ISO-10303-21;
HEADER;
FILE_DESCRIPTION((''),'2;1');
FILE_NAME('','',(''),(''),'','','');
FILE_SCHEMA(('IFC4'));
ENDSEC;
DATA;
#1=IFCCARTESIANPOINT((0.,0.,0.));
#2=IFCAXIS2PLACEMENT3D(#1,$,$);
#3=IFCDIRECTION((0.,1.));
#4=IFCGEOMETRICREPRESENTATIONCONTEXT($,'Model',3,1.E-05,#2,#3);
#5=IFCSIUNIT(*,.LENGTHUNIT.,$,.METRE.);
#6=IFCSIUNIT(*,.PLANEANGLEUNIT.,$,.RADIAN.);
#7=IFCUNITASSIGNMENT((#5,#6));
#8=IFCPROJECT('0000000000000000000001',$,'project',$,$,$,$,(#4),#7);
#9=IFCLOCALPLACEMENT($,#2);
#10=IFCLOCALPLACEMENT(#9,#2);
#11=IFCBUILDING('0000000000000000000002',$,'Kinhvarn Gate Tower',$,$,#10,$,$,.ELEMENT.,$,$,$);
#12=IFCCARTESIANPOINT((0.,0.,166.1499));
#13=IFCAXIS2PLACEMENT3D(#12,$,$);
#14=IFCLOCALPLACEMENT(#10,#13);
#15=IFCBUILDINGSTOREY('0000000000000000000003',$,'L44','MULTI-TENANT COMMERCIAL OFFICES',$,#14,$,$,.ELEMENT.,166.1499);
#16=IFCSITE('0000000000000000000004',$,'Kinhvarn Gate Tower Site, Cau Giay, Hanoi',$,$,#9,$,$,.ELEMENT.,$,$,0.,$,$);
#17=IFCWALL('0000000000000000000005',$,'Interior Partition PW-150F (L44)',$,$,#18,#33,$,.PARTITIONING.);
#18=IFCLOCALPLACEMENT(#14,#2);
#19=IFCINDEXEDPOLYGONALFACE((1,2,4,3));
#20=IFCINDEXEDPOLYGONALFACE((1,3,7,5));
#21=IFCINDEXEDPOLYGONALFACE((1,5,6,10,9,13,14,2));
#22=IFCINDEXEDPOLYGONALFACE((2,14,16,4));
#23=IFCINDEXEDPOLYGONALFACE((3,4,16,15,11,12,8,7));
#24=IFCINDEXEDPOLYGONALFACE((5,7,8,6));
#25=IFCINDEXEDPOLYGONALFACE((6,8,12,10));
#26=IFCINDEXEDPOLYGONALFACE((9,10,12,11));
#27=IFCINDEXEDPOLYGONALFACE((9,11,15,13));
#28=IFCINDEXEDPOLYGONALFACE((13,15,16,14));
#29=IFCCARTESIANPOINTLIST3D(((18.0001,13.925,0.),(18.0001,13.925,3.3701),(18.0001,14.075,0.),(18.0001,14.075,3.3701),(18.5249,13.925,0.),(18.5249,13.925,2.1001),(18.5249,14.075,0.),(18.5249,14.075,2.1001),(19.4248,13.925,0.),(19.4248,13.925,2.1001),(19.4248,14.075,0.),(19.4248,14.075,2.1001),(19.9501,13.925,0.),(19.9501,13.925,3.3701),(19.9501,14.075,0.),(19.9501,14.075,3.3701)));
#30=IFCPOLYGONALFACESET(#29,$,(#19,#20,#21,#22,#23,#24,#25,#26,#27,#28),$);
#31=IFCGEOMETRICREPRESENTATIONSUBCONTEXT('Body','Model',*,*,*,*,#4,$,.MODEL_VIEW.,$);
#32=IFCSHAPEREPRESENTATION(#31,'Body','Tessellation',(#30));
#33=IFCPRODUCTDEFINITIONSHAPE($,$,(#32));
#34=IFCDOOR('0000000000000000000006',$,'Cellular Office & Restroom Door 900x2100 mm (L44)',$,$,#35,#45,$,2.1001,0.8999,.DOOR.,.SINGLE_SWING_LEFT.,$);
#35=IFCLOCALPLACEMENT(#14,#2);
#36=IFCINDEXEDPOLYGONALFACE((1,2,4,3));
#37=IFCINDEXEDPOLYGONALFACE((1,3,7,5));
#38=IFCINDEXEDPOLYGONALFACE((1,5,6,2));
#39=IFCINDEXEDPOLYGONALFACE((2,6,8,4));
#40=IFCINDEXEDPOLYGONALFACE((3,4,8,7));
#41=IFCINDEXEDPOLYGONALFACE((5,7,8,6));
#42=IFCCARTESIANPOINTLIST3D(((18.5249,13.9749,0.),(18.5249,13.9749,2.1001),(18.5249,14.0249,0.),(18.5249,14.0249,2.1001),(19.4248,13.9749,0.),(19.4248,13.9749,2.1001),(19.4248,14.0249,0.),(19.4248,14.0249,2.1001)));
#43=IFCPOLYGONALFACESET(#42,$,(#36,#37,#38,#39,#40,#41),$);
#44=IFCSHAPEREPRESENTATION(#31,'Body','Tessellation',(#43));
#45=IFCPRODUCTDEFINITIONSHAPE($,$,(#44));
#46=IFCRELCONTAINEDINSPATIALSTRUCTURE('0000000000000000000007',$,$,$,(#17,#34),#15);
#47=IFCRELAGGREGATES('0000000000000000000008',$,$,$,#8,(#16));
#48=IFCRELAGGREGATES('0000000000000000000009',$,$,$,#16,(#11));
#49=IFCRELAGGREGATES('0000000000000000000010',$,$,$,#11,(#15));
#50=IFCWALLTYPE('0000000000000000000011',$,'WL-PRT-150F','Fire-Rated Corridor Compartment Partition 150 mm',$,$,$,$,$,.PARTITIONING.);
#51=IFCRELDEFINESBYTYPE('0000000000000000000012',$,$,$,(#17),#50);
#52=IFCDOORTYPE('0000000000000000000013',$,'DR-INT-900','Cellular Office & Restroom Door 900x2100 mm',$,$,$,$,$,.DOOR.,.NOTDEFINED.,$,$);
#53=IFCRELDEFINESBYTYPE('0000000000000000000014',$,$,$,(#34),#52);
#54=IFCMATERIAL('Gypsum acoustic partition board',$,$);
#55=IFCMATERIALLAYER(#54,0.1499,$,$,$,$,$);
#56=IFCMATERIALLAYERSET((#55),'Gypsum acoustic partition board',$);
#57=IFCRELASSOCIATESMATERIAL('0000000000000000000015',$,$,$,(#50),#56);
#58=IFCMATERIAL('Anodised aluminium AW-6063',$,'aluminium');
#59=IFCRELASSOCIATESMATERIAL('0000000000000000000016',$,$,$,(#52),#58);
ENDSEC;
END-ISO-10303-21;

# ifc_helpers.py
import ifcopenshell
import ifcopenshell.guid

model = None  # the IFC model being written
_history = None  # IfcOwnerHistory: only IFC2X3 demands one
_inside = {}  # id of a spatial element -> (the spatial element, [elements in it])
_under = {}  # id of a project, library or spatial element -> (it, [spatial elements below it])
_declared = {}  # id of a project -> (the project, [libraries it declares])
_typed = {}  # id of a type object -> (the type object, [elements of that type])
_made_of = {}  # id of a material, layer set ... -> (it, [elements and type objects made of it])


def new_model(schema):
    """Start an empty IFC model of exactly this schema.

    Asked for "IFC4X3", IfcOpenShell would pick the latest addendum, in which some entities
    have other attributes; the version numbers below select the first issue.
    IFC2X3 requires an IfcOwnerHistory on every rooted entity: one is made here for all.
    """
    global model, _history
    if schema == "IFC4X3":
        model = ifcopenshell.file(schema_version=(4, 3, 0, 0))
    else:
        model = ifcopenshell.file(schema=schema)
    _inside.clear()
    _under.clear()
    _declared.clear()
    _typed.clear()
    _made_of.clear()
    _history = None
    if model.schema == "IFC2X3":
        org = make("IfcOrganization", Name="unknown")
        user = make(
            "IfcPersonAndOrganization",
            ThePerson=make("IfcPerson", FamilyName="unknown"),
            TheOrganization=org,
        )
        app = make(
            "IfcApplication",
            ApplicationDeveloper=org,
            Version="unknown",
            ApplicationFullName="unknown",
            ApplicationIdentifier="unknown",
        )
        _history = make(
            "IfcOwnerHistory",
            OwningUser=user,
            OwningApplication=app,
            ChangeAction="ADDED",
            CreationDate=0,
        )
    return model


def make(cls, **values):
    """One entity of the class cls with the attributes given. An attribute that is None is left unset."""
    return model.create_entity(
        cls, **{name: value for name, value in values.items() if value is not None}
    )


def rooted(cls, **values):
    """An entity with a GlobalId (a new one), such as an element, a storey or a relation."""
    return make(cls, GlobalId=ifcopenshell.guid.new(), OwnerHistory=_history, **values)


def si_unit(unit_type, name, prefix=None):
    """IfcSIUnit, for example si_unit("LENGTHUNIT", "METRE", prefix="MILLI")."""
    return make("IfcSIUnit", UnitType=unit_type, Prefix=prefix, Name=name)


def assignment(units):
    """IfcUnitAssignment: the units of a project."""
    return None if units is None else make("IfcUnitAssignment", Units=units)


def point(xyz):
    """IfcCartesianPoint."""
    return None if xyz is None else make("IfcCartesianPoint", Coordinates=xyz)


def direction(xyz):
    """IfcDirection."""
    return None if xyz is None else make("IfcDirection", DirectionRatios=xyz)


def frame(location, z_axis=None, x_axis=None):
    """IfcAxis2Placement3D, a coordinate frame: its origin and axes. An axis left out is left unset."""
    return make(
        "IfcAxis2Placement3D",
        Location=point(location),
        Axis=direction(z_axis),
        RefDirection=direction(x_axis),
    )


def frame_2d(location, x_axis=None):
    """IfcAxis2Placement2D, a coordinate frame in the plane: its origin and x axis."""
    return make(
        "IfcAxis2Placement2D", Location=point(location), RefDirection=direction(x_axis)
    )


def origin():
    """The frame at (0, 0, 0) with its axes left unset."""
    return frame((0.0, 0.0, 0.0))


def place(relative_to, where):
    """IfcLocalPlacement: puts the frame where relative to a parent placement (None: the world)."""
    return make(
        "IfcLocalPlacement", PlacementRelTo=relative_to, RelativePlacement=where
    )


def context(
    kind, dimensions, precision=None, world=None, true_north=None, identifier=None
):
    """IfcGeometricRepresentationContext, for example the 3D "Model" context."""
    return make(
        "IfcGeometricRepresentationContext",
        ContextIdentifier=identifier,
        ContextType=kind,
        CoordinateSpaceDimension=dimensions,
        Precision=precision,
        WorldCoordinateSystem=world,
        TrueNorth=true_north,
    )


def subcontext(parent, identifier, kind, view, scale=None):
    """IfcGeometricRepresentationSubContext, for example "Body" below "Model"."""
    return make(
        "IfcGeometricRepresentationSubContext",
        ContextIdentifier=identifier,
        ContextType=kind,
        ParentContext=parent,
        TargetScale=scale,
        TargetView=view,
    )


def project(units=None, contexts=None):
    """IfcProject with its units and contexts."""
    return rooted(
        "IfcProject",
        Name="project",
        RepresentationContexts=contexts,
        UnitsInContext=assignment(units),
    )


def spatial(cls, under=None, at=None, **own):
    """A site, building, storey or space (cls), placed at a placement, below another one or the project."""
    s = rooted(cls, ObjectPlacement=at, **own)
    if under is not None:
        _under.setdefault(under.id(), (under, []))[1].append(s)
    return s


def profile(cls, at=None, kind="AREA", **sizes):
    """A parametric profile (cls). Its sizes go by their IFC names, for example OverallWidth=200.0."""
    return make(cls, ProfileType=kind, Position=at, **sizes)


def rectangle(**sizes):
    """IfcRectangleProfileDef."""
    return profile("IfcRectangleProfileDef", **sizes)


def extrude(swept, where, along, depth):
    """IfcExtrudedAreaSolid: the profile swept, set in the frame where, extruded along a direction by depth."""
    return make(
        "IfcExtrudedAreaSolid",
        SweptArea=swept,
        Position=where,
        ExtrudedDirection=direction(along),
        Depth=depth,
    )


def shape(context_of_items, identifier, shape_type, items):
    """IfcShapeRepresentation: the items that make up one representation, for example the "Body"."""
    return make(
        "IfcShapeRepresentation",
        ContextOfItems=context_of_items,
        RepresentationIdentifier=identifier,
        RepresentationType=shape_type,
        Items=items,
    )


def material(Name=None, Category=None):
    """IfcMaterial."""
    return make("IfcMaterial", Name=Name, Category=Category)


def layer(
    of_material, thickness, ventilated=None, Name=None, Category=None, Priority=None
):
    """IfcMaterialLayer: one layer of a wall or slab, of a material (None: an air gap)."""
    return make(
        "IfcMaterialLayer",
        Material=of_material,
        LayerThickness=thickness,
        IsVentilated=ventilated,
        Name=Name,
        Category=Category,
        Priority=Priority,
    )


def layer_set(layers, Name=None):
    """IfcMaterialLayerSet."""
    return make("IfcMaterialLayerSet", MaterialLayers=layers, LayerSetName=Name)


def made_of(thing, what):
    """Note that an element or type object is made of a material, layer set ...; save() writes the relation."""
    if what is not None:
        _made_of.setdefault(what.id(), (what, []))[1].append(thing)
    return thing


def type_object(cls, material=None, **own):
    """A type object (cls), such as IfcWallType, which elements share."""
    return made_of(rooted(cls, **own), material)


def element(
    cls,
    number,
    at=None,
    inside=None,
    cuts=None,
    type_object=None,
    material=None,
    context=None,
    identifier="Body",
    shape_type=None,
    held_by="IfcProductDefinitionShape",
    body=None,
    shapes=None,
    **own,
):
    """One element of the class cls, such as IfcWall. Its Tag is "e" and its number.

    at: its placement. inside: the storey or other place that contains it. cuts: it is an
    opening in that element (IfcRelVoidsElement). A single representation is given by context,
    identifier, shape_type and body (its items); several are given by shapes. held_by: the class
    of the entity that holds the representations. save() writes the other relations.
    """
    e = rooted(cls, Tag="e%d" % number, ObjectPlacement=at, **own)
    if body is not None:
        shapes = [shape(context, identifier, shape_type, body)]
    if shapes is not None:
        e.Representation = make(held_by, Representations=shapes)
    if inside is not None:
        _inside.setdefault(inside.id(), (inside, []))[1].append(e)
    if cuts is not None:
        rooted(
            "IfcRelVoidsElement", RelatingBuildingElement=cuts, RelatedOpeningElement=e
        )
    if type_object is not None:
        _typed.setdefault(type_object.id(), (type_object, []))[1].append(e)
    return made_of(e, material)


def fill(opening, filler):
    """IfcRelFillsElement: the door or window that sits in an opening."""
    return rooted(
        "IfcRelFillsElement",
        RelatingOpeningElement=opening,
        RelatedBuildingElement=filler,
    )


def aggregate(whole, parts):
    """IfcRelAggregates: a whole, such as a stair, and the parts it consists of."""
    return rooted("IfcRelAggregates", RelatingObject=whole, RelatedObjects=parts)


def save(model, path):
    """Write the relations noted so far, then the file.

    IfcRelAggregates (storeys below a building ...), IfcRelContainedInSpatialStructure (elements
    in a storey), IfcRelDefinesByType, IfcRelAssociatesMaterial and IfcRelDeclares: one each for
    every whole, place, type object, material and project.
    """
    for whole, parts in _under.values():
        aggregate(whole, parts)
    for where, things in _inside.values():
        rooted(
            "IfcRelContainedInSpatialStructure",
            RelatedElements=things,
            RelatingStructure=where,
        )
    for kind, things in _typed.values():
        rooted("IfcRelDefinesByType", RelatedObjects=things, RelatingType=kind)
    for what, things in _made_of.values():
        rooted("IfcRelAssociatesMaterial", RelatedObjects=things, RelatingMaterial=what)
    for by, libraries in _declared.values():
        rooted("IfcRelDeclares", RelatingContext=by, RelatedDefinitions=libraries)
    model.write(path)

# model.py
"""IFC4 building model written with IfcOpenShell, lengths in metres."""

from ifc_helpers import new_model, si_unit, direction, frame, frame_2d, origin, place, context, subcontext, project, spatial, rectangle, extrude, material, layer, layer_set, type_object, element, fill, save


model = new_model("IFC4")

# Units and contexts
model_context = context("Model", 3, precision=1e-05, world=origin(), true_north=direction((0.0, 1.0)))
body_context = subcontext(model_context, "Body", "Model", "MODEL_VIEW")
ifc_project = project(units=[si_unit("LENGTHUNIT", "METRE"), si_unit("PLANEANGLEUNIT", "RADIAN")], contexts=[model_context])

# Site, building, storey
site_placement = place(None, origin())
site = spatial("IfcSite", under=ifc_project, at=site_placement, Name="Kinhvarn Gate Tower Site, Cau Giay, Hanoi", CompositionType="ELEMENT", RefElevation=0.0)
building_placement = place(site_placement, origin())
building = spatial("IfcBuilding", under=site, at=building_placement, Name="Kinhvarn Gate Tower", CompositionType="ELEMENT")
storey_placement = place(building_placement, frame((0.0, 0.0, 166.1499)))
storey = spatial("IfcBuildingStorey", under=building, at=storey_placement, Name="L44", Description="MULTI-TENANT COMMERCIAL OFFICES", CompositionType="ELEMENT", Elevation=166.1499)

# Shared definitions
ifc_material_1 = material(Name="Anodised aluminium AW-6063", Category="aluminium")

# Shared definitions
ifc_material_2 = material(Name="Gypsum acoustic partition board")

# Wall, opening, door
ifc_layer_1 = layer(ifc_material_2, 0.1499)
ifc_layer_set_1 = layer_set([ifc_layer_1], Name="Gypsum acoustic partition board")
wall_type_1 = type_object("IfcWallType", Name="WL-PRT-150F", Description="Fire-Rated Corridor Compartment Partition 150 mm", PredefinedType="PARTITIONING", material=ifc_layer_set_1)
wall_1_placement = place(storey_placement, frame((18.0, 14.0, 0.0), z_axis=(0.0, 0.0, 1.0), x_axis=(1.0, 0.0, 0.0)))
wall_1 = element("IfcWall", 1, at=wall_1_placement, inside=storey, type_object=wall_type_1, Name="Interior Partition PW-150F (L44)", PredefinedType="PARTITIONING", context=body_context, shape_type="SweptSolid", body=[
    extrude(rectangle(XDim=1.95, YDim=0.1499, at=frame_2d((0.9751, 0.0))), origin(), (0.0, 0.0, 1.0), 3.3701),
])
opening_placement = place(wall_1_placement, frame((0.5249, 0.0, 0.0)))
opening = element("IfcOpeningElement", 2, at=opening_placement, cuts=wall_1, PredefinedType="OPENING", context=body_context, shape_type="SweptSolid", body=[
    extrude(rectangle(XDim=0.8999, YDim=2.1001, at=frame_2d((0.45, 1.05))), frame((0.0, 0.085, 0.0), z_axis=(0.0, -1.0, 0.0), x_axis=(1.0, 0.0, 0.0)), (0.0, 0.0, 1.0), 0.1699),
])
door_type = type_object("IfcDoorType", Name="DR-INT-900", Description="Cellular Office & Restroom Door 900x2100 mm", OperationType="NOTDEFINED", PredefinedType="DOOR", material=ifc_material_1)
door_placement = place(opening_placement, origin())
door = element("IfcDoor", 3, at=door_placement, inside=storey, type_object=door_type, Name="Cellular Office & Restroom Door 900x2100 mm (L44)", OperationType="SINGLE_SWING_LEFT", OverallHeight=2.1001, OverallWidth=0.8999, PredefinedType="DOOR", context=body_context, shape_type="SweptSolid", body=[
    extrude(rectangle(XDim=0.8999, YDim=2.1001, at=frame_2d((0.45, 1.05))), frame((0.0, 0.0249, 0.0), z_axis=(0.0, -1.0, 0.0), x_axis=(1.0, 0.0, 0.0)), (0.0, 0.0, 1.0), 0.05),
])
fill(opening, door)

save(model, "model.ifc")
